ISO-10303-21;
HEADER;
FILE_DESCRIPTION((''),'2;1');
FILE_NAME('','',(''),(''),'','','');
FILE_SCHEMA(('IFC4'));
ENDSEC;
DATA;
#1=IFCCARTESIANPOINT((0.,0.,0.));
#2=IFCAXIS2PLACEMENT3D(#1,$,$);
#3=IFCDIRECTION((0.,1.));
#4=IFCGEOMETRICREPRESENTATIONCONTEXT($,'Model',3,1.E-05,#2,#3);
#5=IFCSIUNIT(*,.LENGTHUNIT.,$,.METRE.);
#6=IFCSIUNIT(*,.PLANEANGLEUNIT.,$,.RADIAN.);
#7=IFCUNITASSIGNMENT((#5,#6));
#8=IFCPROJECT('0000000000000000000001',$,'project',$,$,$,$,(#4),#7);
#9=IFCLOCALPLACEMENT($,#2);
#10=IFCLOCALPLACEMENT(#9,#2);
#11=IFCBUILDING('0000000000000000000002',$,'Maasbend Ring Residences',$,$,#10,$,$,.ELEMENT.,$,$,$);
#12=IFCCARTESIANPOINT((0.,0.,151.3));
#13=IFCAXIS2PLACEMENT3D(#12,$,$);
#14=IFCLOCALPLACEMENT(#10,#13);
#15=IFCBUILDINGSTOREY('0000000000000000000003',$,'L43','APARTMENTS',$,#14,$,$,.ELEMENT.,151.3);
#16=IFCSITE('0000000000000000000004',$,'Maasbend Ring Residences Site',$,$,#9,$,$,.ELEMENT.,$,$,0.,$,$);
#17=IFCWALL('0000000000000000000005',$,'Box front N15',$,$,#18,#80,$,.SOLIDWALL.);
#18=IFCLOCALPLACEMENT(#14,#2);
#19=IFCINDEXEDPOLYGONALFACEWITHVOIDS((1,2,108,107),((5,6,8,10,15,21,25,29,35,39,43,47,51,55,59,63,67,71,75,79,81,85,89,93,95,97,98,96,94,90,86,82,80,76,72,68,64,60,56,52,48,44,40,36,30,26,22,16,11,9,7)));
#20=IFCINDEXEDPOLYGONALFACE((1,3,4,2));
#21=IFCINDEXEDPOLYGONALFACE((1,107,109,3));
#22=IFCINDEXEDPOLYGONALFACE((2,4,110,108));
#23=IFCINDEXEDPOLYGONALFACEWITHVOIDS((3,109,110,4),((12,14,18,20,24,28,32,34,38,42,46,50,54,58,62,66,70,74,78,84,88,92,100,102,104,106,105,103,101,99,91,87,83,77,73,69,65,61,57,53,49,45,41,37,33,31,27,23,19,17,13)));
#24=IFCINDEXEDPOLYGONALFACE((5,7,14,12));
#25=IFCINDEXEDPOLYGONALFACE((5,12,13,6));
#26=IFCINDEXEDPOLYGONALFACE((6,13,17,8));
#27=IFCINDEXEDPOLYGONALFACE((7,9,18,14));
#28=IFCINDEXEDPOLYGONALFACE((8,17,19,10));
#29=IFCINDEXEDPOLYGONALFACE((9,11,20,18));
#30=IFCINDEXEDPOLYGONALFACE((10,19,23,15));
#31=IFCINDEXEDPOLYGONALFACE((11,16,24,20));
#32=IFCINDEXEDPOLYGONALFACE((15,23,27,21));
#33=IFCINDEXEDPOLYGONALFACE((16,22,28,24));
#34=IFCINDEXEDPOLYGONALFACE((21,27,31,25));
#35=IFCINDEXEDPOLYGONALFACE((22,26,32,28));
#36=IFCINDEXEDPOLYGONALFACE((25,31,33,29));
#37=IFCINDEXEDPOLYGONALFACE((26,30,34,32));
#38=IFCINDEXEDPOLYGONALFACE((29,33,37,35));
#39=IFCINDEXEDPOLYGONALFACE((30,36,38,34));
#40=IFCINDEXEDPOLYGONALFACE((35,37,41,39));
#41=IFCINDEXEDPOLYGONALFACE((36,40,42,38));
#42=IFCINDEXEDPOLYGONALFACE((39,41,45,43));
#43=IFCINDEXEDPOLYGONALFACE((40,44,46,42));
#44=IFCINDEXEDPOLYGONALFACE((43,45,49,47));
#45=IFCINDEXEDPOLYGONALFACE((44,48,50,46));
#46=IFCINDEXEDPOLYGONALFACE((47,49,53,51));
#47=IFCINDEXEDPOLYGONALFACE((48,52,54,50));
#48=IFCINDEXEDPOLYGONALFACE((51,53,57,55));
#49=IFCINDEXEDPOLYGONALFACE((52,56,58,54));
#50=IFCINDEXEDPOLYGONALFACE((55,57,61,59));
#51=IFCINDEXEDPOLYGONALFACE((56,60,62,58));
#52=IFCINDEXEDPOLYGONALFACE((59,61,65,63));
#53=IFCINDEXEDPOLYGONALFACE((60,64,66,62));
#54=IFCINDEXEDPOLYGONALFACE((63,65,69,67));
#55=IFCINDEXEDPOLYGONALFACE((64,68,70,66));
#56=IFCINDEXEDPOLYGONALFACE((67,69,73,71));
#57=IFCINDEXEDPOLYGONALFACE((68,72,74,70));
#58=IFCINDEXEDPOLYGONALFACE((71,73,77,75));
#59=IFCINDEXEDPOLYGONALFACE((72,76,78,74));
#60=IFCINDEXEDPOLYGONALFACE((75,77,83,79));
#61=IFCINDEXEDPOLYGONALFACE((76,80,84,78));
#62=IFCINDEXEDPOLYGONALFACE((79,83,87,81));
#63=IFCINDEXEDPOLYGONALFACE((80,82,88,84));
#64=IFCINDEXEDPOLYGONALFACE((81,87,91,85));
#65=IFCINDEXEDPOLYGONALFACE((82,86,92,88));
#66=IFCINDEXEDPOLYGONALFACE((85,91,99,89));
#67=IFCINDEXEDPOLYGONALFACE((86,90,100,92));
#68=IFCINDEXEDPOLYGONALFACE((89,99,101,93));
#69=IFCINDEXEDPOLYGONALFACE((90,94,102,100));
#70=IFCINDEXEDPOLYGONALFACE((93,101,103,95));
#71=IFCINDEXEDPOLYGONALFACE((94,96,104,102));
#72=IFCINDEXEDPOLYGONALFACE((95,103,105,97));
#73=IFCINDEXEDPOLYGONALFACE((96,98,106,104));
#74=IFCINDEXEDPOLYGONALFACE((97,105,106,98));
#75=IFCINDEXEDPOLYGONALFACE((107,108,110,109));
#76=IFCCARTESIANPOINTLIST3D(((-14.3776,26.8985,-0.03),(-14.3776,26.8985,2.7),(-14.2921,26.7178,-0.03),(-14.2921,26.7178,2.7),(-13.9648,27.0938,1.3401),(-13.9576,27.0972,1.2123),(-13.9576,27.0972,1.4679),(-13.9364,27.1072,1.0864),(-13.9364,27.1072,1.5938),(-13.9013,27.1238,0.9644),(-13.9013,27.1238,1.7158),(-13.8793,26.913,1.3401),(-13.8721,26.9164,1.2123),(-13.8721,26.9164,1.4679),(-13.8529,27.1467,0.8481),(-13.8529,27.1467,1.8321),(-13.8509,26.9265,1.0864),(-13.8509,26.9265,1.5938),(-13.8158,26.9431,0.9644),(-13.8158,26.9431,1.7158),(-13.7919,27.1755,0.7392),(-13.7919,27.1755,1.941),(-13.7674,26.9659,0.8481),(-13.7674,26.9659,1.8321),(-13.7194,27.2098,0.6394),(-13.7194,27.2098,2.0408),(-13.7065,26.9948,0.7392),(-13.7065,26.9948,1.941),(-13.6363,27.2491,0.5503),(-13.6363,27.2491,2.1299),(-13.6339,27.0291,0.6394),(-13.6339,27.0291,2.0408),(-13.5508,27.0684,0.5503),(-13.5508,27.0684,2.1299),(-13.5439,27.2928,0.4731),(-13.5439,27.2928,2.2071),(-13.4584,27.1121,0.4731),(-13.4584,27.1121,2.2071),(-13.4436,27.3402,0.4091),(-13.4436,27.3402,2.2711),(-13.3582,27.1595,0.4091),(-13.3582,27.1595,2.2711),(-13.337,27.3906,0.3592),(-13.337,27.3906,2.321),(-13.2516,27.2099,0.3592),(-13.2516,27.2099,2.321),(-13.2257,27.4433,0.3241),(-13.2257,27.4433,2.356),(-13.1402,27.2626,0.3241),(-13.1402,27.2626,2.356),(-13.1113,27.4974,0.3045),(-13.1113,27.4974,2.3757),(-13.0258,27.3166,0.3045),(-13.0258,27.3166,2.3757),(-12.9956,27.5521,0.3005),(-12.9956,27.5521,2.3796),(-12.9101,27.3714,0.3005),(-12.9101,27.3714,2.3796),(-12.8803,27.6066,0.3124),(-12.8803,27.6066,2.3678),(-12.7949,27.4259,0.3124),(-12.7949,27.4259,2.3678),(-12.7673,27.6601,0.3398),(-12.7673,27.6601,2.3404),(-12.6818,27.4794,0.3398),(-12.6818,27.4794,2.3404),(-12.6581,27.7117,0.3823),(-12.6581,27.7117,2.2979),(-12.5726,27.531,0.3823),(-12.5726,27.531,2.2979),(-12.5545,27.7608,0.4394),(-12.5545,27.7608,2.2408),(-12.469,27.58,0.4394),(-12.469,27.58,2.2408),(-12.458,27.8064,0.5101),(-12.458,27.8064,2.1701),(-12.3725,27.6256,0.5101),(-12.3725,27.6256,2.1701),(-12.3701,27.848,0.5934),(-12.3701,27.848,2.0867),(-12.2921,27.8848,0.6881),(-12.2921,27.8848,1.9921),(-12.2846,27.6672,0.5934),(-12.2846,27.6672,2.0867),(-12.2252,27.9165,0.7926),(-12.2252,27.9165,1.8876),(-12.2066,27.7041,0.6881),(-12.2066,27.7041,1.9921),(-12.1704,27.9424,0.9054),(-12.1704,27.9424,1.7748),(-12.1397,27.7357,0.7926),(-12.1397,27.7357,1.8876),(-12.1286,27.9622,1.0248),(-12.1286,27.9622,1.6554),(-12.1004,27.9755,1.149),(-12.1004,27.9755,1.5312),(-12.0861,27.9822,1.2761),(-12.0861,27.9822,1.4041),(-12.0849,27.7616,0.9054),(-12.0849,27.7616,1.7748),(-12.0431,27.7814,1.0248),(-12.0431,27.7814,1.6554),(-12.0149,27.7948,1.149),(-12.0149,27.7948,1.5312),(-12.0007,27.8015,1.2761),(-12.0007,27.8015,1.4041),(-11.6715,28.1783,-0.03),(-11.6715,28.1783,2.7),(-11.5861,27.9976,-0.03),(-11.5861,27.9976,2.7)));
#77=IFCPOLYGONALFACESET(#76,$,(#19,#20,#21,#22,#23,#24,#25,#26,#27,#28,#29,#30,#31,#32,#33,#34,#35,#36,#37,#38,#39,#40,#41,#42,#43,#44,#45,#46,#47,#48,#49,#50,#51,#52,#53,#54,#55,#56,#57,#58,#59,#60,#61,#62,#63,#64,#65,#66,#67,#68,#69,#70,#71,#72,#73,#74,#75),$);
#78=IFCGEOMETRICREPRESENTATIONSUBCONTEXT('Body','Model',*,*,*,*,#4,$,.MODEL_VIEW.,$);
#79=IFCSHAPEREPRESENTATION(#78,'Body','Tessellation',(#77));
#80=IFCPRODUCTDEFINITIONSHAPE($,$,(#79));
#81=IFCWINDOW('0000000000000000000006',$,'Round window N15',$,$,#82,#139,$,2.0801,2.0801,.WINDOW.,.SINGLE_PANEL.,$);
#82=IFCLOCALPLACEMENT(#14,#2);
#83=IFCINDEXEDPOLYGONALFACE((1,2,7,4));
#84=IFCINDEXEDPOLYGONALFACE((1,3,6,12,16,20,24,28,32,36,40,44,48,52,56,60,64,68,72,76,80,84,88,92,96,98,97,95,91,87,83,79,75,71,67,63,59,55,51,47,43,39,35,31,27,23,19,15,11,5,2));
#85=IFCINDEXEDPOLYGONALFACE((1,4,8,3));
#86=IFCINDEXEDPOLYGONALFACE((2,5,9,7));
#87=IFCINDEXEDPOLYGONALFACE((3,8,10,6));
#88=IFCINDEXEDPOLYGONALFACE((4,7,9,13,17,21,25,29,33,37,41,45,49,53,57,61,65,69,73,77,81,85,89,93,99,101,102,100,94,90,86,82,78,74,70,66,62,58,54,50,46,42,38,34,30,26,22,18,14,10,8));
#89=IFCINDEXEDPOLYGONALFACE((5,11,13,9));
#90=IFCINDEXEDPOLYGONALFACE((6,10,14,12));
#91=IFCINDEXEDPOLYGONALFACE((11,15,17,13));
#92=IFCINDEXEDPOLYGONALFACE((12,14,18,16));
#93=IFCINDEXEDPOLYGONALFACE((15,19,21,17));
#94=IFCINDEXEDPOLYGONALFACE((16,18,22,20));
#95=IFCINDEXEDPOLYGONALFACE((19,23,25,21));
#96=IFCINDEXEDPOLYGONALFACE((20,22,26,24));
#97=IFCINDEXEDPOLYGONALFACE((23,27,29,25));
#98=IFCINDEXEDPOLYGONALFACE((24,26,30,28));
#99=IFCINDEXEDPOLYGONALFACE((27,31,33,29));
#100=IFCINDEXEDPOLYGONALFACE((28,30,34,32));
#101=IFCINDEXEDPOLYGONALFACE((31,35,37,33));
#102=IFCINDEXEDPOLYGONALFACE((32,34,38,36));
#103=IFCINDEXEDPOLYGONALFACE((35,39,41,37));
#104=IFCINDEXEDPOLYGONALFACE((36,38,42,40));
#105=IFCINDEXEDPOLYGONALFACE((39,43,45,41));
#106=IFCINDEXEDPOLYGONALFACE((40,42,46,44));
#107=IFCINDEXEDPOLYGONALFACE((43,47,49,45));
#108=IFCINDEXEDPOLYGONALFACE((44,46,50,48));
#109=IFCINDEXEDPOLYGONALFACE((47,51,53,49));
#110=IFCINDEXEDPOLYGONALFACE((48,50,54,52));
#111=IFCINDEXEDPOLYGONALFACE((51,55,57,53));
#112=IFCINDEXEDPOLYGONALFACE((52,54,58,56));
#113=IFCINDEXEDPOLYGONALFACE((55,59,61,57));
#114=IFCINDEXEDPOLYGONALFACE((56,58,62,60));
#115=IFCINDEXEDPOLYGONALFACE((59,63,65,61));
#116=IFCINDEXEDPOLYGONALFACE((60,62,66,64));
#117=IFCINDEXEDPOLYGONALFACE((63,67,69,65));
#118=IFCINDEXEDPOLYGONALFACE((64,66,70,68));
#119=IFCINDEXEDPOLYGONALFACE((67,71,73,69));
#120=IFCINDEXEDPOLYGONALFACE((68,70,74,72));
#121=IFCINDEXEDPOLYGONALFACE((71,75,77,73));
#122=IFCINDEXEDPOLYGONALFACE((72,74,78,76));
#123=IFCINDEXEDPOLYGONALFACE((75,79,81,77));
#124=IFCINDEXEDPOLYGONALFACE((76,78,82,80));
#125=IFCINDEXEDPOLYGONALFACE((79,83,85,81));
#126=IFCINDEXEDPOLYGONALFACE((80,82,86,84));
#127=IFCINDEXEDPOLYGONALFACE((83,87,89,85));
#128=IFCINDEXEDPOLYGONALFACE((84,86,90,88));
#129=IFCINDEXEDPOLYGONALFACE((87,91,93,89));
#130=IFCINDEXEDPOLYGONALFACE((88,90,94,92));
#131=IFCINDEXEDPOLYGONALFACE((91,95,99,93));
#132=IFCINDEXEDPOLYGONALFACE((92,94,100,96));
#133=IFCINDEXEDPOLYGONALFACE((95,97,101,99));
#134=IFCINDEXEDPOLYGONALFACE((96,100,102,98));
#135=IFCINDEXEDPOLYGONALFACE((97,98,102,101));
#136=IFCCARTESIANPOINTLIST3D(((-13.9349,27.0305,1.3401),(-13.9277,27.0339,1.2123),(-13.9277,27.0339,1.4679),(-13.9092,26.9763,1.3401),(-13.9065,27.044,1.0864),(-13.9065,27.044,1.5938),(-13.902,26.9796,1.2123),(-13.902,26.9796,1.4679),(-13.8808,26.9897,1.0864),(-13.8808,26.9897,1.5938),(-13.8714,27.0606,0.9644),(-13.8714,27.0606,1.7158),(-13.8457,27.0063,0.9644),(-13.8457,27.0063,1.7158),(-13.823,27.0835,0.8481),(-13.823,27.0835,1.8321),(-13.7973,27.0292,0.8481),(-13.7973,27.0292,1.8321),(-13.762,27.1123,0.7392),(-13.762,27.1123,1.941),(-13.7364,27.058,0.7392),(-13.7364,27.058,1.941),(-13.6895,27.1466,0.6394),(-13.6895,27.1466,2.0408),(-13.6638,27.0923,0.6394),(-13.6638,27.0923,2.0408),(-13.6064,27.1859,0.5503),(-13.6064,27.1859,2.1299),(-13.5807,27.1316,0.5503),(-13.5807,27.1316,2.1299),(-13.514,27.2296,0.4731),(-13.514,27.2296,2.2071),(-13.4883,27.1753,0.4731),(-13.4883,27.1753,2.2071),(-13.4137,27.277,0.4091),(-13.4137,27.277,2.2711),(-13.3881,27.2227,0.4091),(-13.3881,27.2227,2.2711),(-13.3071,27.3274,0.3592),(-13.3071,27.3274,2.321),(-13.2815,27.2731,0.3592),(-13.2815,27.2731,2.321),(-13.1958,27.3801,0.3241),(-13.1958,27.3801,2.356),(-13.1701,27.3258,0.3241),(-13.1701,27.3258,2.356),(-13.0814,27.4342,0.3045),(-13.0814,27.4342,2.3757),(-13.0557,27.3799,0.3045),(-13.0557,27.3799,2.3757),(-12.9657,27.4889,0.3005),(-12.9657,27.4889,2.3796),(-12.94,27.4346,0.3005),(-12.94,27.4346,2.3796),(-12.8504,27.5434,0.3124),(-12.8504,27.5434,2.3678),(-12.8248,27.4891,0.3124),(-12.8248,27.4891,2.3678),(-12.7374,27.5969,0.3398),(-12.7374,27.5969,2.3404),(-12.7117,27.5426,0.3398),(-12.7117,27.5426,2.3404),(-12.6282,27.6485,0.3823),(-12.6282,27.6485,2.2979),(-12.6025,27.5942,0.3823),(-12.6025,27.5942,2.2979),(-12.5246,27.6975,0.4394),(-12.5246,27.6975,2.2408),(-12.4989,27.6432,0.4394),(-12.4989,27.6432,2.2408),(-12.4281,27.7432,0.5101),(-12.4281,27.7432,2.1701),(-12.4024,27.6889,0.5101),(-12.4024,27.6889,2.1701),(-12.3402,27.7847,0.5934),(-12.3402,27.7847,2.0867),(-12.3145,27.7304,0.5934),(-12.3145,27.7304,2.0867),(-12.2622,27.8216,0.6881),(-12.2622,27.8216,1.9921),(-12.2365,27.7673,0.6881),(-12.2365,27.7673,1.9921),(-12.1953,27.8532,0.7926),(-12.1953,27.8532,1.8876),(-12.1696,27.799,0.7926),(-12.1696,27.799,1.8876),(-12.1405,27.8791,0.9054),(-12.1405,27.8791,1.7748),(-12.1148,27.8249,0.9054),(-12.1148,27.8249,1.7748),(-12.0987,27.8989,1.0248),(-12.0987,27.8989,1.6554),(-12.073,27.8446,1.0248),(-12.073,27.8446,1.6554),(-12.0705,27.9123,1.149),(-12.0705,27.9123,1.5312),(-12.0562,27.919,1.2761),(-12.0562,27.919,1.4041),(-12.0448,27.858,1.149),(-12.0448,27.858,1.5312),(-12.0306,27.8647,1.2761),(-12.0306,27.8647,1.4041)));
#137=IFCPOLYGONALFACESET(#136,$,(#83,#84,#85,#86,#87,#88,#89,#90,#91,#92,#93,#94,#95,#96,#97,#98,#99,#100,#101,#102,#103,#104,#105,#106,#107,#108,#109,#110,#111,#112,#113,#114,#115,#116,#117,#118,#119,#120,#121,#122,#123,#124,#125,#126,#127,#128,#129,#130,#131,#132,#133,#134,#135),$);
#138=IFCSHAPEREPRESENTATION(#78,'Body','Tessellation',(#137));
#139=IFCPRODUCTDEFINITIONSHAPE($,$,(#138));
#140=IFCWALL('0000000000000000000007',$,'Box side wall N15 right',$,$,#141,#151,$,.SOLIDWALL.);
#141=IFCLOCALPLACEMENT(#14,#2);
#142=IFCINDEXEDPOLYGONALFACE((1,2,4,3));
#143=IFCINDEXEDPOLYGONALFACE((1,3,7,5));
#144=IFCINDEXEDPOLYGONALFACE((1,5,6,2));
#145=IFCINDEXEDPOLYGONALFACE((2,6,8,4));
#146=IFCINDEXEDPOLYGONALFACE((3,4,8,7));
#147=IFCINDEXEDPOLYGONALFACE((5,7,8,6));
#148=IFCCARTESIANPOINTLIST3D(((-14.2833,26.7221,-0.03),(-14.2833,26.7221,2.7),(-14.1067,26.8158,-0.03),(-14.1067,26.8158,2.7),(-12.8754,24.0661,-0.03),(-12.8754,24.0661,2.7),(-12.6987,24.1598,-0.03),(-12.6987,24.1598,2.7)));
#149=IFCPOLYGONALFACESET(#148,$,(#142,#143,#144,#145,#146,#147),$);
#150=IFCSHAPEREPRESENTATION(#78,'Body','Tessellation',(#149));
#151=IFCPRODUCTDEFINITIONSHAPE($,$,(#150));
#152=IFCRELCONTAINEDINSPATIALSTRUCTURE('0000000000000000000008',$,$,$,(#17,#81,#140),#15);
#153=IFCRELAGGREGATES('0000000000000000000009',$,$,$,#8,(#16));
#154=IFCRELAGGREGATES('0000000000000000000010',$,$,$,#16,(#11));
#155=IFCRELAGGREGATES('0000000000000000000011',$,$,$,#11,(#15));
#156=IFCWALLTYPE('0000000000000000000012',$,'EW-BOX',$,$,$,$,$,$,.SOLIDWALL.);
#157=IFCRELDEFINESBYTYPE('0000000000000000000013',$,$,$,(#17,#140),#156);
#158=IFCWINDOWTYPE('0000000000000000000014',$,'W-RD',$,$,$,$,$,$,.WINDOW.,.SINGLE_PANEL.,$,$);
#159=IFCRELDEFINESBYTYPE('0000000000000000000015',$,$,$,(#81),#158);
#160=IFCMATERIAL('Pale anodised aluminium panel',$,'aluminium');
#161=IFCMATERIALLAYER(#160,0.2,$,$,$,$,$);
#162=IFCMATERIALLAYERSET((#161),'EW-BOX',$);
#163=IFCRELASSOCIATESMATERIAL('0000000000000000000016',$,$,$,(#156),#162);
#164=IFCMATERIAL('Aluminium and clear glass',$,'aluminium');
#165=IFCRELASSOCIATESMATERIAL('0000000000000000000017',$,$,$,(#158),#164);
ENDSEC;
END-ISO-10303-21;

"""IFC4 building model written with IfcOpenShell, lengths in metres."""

from ifc_helpers import new_model, si_unit, direction, frame, frame_2d, origin, place, context, subcontext, project, spatial, rectangle, circle, extrude, material, layer, layer_set, type_object, element, fill, save


model = new_model("IFC4")

# Units and contexts
model_context = context("Model", 3, precision=1e-05, world=origin(), true_north=direction((0.0, 1.0)))
body_context = subcontext(model_context, "Body", "Model", "MODEL_VIEW")
ifc_project = project(units=[si_unit("LENGTHUNIT", "METRE"), si_unit("PLANEANGLEUNIT", "RADIAN")], contexts=[model_context])

# Site, building, storey
site_placement = place(None, origin())
site = spatial("IfcSite", under=ifc_project, at=site_placement, Name="Maasbend Ring Residences Site", CompositionType="ELEMENT", RefElevation=0.0)
building_placement = place(site_placement, origin())
building = spatial("IfcBuilding", under=site, at=building_placement, Name="Maasbend Ring Residences", CompositionType="ELEMENT")
storey_placement = place(building_placement, frame((0.0, 0.0, 151.3)))
storey = spatial("IfcBuildingStorey", under=building, at=storey_placement, Name="L43", Description="APARTMENTS", CompositionType="ELEMENT", Elevation=151.3)

# Wall, opening, window
ifc_material_1 = material(Name="Pale anodised aluminium panel", Category="aluminium")
ifc_layer_1 = layer(ifc_material_1, 0.2)
ifc_layer_set_1 = layer_set([ifc_layer_1], Name="EW-BOX")
wall_type_1 = type_object("IfcWallType", Name="EW-BOX", PredefinedType="SOLIDWALL", material=ifc_layer_set_1)
wall_1_placement = place(storey_placement, frame((-11.6289, 28.0879, -0.03), z_axis=(0.0, 0.0, 1.0), x_axis=(-0.904, -0.427532, 0.0)))
wall_1 = element("IfcWall", 1, at=wall_1_placement, inside=storey, type_object=wall_type_1, Name="Box front N15", PredefinedType="SOLIDWALL", context=body_context, shape_type="SweptSolid", body=[
    extrude(rectangle(XDim=2.9934, YDim=0.2, at=frame_2d((1.4966, 0.0))), origin(), (0.0, 0.0, 1.0), 2.73),
])
opening_1_placement = place(wall_1_placement, frame((0.4565, 0.0, 0.3301)))
opening_1 = element("IfcOpeningElement", 2, at=opening_1_placement, cuts=wall_1, PredefinedType="OPENING", context=body_context, shape_type="SweptSolid", body=[
    extrude(circle(Radius=1.04, at=frame_2d((1.04, 1.04))), frame((0.0, 0.1099, 0.0), z_axis=(0.0, -1.0, 0.0), x_axis=(1.0, 0.0, 0.0)), (0.0, 0.0, 1.0), 0.22),
])
ifc_material_2 = material(Name="Aluminium and clear glass", Category="aluminium")
window_type_1 = type_object("IfcWindowType", Name="W-RD", PartitioningType="SINGLE_PANEL", PredefinedType="WINDOW", material=ifc_material_2)
window_1_placement = place(opening_1_placement, origin())
window_1 = element("IfcWindow", 3, at=window_1_placement, inside=storey, type_object=window_type_1, Name="Round window N15", OverallHeight=2.0801, OverallWidth=2.0801, PartitioningType="SINGLE_PANEL", PredefinedType="WINDOW", context=body_context, shape_type="SweptSolid", body=[
    extrude(circle(Radius=1.04, at=frame_2d((1.04, 1.04))), frame((0.0, 0.03, 0.0), z_axis=(0.0, -1.0, 0.0), x_axis=(1.0, 0.0, 0.0)), (0.0, 0.0, 1.0), 0.0601),
])
fill(opening_1, window_1)

# Wall
wall_2_placement = place(storey_placement, frame((-12.7871, 24.113, -0.03), z_axis=(0.0, 0.0, 1.0), x_axis=(-0.468365, 0.883535, 0.0)))
element("IfcWall", 4, at=wall_2_placement, inside=storey, type_object=wall_type_1, Name="Box side wall N15 right", PredefinedType="SOLIDWALL", context=body_context, shape_type="SweptSolid", body=[
    extrude(rectangle(XDim=3.0061, YDim=0.2, at=frame_2d((1.5029, 0.0))), origin(), (0.0, 0.0, 1.0), 2.73),
])

save(model, "model.ifc")
